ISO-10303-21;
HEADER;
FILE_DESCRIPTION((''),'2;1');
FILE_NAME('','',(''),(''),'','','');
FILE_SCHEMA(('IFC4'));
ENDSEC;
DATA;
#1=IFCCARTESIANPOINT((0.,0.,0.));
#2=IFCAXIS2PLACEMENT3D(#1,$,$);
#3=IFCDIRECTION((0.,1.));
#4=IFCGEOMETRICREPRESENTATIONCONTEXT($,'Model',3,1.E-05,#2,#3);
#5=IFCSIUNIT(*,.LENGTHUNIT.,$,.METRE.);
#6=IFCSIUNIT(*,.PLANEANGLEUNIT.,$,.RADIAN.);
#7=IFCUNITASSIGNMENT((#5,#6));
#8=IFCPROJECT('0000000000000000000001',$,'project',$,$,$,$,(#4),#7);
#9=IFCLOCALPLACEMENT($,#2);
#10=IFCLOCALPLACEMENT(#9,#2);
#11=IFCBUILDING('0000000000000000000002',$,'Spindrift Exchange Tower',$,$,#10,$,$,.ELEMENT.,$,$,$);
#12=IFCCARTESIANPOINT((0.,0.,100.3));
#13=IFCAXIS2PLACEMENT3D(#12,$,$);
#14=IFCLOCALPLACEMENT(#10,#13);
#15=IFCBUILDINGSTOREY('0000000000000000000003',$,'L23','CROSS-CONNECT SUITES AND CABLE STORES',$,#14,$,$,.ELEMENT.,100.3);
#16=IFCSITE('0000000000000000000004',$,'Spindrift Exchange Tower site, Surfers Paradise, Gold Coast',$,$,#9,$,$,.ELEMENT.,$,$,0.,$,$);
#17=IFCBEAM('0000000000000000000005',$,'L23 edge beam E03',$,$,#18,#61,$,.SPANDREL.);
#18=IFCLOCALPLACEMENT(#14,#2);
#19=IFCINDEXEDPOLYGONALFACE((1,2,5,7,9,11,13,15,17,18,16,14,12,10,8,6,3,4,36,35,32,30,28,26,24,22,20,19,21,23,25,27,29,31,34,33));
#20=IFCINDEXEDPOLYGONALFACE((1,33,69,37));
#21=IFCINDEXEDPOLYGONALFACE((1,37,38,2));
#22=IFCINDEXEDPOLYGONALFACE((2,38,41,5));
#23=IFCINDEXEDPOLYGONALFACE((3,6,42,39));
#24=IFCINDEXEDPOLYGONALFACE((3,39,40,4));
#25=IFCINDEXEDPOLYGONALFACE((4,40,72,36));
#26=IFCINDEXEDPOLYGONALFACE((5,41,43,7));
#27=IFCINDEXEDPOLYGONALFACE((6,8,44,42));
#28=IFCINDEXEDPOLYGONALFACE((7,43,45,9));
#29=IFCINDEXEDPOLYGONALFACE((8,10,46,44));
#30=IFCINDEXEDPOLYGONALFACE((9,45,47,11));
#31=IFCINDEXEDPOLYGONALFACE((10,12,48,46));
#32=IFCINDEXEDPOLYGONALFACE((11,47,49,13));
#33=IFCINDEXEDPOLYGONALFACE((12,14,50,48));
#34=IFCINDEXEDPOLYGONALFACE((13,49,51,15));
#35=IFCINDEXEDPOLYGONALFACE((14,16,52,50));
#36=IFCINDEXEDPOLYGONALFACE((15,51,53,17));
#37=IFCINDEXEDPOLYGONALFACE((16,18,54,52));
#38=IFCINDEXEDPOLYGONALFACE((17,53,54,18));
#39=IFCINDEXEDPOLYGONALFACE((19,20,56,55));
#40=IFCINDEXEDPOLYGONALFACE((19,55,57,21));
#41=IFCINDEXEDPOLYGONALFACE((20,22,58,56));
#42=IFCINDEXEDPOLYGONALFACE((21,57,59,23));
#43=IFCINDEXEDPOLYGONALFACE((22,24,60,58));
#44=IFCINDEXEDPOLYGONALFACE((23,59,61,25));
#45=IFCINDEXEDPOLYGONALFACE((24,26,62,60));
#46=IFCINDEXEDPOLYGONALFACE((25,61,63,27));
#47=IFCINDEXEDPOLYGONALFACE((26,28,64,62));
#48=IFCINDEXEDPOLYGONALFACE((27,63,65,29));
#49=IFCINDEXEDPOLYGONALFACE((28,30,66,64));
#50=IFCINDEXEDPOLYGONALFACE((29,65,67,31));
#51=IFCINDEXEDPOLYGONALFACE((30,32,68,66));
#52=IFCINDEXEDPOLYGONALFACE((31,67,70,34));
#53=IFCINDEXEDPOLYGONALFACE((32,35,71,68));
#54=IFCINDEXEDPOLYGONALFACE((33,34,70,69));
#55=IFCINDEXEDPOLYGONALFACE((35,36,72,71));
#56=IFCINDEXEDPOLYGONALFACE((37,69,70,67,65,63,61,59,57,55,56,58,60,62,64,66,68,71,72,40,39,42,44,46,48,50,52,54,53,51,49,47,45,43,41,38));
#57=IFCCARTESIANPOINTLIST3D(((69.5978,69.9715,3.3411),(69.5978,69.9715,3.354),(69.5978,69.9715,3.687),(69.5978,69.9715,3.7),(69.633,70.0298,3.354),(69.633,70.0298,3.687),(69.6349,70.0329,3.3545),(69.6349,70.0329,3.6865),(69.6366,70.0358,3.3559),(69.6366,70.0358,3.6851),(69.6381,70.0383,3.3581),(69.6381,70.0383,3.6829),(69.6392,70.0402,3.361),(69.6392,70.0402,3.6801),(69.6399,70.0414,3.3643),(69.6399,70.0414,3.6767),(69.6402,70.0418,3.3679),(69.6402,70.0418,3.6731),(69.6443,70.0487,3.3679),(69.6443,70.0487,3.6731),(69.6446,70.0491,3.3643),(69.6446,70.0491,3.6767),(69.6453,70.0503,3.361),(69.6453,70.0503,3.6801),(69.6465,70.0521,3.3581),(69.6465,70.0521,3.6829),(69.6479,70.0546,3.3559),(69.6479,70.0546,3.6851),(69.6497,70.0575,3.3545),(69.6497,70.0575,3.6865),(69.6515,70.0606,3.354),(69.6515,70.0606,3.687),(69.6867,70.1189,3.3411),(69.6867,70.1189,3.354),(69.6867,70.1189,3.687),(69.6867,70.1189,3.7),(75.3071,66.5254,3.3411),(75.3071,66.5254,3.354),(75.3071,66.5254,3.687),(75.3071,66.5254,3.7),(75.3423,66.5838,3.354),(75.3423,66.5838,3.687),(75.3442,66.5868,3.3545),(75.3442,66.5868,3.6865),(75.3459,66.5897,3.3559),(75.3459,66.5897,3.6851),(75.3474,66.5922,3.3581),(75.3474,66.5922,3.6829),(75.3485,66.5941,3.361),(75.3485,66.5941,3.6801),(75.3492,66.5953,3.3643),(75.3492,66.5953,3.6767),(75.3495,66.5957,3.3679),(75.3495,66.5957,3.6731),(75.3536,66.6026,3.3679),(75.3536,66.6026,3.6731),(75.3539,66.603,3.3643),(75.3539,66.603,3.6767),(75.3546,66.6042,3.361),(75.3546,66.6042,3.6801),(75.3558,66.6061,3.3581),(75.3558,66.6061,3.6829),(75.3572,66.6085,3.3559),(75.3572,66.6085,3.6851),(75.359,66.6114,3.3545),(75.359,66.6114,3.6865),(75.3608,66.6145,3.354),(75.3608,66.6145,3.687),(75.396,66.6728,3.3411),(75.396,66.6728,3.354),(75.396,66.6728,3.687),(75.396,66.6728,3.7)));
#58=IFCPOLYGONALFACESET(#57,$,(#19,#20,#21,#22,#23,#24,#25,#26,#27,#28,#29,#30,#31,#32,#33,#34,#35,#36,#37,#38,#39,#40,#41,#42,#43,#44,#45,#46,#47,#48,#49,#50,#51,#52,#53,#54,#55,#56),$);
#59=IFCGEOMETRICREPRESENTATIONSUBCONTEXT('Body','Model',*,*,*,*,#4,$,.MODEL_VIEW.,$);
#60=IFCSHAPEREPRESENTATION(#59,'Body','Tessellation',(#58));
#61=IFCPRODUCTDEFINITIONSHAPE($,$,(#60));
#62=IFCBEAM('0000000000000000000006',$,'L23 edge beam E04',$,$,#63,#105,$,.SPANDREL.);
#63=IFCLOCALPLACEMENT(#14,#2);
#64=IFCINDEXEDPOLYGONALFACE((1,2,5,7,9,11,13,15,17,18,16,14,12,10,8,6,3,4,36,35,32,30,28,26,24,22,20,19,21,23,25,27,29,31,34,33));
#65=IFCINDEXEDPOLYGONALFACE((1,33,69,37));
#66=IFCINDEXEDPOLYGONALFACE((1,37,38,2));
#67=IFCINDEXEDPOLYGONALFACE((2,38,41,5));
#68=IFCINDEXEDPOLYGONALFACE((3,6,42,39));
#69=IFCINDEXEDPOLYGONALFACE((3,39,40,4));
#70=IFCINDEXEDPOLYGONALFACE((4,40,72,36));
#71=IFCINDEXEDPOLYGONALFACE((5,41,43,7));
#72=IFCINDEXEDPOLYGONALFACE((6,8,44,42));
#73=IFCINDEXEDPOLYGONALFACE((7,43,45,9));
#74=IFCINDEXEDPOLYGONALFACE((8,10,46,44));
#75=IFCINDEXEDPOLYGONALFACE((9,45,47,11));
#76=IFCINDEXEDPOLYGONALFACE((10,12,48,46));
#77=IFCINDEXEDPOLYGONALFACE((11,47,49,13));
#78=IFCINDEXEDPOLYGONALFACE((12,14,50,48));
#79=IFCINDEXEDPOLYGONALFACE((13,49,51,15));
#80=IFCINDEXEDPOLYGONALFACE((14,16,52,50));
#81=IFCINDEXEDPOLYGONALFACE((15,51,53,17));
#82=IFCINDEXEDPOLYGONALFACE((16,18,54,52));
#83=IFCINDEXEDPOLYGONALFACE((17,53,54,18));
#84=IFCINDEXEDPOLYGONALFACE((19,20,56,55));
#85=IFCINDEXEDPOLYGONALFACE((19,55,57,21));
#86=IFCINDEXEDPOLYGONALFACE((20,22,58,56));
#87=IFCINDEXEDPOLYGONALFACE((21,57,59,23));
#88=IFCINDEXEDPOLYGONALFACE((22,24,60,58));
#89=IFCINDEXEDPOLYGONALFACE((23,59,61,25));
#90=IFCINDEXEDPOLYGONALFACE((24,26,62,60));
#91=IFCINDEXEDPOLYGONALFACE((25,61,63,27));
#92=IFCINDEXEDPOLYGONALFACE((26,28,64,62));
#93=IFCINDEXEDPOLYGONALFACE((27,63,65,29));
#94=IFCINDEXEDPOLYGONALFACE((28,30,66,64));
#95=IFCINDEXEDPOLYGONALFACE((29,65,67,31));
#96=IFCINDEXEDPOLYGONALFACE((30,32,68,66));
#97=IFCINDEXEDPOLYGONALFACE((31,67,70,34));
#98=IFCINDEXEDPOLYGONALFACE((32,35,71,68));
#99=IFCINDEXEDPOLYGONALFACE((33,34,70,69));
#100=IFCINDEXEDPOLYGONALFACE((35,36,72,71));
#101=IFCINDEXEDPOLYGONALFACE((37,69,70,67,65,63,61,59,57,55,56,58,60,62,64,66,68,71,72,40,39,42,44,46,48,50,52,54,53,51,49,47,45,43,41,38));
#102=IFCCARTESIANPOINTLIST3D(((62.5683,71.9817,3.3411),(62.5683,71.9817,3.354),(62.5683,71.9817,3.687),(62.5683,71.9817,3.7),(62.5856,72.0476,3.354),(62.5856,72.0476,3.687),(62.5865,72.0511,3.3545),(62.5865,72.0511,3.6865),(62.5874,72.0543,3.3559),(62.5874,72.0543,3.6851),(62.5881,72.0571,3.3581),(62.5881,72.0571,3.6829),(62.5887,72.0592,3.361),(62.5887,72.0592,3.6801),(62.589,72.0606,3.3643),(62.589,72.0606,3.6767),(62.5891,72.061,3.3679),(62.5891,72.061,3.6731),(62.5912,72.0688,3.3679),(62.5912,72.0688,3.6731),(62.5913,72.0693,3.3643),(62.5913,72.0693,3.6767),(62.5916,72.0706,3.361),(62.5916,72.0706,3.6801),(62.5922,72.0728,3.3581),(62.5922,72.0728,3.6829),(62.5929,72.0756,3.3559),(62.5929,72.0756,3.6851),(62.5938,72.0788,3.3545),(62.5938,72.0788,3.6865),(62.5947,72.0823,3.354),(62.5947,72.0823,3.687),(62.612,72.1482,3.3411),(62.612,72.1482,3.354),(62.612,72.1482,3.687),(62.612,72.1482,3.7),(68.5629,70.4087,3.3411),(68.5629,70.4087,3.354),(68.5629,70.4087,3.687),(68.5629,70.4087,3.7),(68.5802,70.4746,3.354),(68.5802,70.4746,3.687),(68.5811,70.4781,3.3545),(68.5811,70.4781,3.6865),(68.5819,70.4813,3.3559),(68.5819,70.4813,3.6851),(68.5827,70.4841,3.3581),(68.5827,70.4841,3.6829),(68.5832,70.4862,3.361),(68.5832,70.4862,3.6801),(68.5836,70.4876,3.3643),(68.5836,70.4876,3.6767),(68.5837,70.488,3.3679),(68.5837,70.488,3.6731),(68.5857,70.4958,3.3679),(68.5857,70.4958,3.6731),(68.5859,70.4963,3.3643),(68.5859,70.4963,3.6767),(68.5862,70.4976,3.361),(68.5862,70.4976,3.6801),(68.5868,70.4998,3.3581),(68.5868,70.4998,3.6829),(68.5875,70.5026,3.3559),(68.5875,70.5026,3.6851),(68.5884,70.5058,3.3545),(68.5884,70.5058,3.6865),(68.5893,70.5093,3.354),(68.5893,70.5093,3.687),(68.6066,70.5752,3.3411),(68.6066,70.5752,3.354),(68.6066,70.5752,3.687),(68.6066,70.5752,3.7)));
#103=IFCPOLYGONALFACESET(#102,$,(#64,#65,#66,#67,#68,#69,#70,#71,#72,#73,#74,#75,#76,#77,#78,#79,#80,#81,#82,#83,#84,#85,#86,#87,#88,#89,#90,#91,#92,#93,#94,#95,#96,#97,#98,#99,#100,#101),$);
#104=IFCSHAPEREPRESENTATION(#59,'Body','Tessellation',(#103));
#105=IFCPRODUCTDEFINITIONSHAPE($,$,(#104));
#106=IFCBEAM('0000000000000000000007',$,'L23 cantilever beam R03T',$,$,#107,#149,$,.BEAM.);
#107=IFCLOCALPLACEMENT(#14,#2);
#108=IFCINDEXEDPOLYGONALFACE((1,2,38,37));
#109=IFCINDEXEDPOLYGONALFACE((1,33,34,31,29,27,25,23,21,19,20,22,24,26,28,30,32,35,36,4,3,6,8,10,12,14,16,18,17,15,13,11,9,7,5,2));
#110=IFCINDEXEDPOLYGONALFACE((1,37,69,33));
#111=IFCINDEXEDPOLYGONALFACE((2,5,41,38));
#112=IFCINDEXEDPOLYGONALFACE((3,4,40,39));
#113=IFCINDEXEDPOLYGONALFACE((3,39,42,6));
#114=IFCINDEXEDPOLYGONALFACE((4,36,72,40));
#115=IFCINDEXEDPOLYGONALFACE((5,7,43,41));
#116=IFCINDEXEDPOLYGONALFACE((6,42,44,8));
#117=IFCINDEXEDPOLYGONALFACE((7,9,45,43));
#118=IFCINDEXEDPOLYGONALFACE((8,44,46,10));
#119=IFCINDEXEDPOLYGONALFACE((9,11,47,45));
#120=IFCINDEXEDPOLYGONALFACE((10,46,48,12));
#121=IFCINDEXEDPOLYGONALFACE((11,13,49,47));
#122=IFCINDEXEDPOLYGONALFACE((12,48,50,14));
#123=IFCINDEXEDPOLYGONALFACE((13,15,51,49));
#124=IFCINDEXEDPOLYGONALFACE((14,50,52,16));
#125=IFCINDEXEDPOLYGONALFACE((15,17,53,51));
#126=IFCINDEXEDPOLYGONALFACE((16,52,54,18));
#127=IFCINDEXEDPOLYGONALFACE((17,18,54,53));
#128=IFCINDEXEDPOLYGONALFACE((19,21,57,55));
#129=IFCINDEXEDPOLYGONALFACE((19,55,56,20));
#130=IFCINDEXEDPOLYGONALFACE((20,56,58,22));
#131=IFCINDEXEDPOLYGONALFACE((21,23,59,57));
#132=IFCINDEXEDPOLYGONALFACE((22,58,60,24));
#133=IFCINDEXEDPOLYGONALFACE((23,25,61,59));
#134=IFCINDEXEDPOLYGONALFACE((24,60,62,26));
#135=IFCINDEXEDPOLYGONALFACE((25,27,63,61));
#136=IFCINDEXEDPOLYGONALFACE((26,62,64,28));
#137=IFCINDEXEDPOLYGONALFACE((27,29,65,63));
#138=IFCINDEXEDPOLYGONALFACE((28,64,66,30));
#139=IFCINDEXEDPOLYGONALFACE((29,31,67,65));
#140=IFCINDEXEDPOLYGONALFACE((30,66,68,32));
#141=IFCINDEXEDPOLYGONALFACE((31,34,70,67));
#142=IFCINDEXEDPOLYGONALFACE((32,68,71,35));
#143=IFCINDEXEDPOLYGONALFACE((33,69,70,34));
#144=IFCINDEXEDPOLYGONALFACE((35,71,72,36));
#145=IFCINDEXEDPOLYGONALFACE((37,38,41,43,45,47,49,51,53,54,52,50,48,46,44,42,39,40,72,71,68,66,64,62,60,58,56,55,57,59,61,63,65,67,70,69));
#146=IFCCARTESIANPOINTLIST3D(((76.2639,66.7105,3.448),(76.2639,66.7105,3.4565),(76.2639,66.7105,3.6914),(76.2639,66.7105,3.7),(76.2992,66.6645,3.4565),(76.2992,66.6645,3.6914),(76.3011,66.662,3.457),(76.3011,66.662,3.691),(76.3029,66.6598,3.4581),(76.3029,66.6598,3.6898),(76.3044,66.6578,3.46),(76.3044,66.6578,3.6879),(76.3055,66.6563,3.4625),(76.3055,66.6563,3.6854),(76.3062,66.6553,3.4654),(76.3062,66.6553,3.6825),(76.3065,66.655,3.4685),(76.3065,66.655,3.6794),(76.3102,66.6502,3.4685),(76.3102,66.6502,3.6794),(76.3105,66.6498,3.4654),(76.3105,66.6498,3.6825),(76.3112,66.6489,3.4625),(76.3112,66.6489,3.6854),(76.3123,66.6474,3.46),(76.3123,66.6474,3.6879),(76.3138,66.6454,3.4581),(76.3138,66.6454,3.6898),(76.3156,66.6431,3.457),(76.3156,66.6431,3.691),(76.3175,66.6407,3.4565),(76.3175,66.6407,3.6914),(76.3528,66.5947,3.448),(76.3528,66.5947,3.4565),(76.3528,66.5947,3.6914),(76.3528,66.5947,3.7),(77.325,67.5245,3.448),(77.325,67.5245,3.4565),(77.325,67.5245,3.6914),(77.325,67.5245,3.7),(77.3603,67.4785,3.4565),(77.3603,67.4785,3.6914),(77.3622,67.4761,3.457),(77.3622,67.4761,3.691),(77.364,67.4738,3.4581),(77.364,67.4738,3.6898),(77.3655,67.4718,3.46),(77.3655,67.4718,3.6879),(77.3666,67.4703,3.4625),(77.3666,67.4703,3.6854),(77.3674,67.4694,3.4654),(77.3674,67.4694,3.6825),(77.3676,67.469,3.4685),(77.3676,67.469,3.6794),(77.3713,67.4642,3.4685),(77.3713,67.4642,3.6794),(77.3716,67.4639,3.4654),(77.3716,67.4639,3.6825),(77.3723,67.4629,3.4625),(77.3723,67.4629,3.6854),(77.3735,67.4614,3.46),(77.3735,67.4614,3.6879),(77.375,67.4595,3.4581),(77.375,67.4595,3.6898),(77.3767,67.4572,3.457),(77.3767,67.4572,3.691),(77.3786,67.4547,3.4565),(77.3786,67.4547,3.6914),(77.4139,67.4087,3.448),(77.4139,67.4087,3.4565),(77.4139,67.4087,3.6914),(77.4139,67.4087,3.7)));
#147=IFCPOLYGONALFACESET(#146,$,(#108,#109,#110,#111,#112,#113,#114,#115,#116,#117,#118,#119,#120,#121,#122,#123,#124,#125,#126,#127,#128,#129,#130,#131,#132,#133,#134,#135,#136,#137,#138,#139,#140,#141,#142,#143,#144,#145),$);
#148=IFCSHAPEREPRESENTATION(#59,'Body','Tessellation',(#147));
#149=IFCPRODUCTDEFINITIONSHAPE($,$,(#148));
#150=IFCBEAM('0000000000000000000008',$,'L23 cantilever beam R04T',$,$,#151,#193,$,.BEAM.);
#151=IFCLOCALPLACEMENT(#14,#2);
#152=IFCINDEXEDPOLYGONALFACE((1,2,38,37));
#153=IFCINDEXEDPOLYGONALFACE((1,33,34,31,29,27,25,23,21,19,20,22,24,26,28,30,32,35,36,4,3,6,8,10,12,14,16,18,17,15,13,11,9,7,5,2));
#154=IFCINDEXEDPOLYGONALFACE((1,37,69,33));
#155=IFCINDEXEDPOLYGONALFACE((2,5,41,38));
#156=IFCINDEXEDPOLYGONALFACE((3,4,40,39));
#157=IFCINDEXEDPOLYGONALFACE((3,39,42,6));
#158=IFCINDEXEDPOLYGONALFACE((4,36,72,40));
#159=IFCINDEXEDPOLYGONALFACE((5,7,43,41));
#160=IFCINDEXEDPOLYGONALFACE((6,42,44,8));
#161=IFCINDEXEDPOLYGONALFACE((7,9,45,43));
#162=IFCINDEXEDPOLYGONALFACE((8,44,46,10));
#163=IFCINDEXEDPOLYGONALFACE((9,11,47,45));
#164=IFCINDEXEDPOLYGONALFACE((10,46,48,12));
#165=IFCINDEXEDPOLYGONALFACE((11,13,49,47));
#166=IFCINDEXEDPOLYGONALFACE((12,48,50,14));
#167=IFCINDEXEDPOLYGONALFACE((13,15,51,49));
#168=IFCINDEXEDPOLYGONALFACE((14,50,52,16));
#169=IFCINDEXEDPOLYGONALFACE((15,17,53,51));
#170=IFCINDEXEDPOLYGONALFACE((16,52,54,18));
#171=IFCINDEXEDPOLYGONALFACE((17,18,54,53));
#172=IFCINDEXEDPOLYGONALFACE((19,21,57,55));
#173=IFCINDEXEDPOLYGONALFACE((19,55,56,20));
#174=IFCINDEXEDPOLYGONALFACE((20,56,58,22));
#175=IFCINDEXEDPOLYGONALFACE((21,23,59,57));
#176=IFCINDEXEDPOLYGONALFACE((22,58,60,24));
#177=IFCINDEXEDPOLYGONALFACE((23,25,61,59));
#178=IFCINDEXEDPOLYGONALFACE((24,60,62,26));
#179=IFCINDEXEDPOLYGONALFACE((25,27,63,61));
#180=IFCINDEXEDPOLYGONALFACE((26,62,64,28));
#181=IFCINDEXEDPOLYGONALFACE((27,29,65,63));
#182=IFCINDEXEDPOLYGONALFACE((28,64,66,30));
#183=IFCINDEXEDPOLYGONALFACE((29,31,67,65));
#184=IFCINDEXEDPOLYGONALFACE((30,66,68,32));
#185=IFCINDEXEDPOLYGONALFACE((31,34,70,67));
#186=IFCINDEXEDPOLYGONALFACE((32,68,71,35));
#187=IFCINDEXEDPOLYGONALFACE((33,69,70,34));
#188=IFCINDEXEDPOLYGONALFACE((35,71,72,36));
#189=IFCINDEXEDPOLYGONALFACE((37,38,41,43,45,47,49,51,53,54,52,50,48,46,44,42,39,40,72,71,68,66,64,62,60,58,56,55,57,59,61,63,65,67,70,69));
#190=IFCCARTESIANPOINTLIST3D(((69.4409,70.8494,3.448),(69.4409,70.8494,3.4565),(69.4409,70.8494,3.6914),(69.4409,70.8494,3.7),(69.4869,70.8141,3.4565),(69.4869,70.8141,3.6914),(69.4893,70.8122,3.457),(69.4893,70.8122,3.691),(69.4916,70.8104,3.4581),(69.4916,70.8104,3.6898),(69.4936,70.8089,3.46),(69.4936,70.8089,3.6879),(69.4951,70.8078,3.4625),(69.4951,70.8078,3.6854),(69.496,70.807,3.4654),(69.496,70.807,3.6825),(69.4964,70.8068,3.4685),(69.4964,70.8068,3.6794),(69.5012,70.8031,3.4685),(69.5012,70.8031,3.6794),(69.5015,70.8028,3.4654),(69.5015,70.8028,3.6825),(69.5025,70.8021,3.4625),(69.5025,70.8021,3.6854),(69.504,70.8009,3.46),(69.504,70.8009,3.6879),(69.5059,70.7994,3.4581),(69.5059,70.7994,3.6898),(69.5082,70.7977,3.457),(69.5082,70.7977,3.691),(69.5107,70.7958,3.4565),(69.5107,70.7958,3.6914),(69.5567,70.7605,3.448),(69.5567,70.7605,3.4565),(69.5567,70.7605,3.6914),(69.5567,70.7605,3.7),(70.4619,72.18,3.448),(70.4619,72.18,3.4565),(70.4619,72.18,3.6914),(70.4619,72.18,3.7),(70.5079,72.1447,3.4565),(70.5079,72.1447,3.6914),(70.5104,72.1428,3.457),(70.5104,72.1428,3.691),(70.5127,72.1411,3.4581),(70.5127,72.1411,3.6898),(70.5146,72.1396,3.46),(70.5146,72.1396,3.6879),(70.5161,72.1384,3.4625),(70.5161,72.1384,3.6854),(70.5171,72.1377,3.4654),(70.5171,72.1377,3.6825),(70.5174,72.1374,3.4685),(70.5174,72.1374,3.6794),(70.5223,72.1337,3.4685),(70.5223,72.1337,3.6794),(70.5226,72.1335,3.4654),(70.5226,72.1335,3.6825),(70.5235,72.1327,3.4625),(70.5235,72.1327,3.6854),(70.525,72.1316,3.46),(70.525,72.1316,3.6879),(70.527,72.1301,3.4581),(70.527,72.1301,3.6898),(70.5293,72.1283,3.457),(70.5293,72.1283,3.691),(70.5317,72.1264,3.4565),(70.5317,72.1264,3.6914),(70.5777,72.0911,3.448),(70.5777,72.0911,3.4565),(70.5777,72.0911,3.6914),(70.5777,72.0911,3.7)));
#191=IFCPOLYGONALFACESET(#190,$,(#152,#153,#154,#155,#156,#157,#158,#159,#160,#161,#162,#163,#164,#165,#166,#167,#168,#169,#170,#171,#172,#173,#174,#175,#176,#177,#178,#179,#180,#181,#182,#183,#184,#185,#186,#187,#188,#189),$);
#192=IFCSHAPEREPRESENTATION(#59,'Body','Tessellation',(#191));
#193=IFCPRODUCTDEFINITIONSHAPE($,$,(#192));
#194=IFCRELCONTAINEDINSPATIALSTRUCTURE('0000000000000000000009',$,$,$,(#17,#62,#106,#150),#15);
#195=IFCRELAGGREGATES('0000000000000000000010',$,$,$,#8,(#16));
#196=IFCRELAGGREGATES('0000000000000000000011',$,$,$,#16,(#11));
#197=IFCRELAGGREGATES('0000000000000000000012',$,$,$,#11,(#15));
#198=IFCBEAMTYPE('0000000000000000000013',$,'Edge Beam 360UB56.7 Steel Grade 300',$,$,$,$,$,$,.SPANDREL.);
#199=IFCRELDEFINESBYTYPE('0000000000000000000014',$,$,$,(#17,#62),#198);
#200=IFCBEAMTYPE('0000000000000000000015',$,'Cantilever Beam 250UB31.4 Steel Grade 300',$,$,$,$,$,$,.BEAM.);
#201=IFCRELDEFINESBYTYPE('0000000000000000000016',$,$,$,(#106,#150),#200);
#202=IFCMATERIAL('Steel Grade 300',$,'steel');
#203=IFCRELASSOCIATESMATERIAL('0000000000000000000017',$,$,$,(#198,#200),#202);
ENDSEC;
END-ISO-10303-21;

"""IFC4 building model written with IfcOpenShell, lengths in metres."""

from ifc_helpers import new_model, si_unit, direction, frame, origin, origin_2d, place, context, subcontext, project, spatial, i_section, extrude, source, transform, mapped, material, material_profile, profile_set, type_object, element, save


model = new_model("IFC4")

# Units and contexts
model_context = context("Model", 3, precision=1e-05, world=origin(), true_north=direction((0.0, 1.0)))
body_context = subcontext(model_context, "Body", "Model", "MODEL_VIEW")
ifc_project = project(units=[si_unit("LENGTHUNIT", "METRE"), si_unit("PLANEANGLEUNIT", "RADIAN")], contexts=[model_context])

# Site, building, storey
site_placement = place(None, origin())
site = spatial("IfcSite", under=ifc_project, at=site_placement, Name="Spindrift Exchange Tower site, Surfers Paradise, Gold Coast", CompositionType="ELEMENT", RefElevation=0.0)
building_placement = place(site_placement, origin())
building = spatial("IfcBuilding", under=site, at=building_placement, Name="Spindrift Exchange Tower", CompositionType="ELEMENT")
storey_placement = place(building_placement, frame((0.0, 0.0, 100.3)))
storey = spatial("IfcBuildingStorey", under=building, at=storey_placement, Name="L23", Description="CROSS-CONNECT SUITES AND CABLE STORES", CompositionType="ELEMENT", Elevation=100.3)

# Beams
ifc_material_1 = material(Name="Steel Grade 300", Category="steel")
ifc_material_profile_1 = material_profile(ifc_material_1, i_section(OverallWidth=0.1721, OverallDepth=0.3589, WebThickness=0.0081, FlangeThickness=0.0129, FilletRadius=0.0139, at=origin_2d()), Name="360UB56.7")
ifc_profile_set_1 = profile_set([ifc_material_profile_1], Name="Steel Grade 300")
beam_type_1 = type_object("IfcBeamType", Name="Edge Beam 360UB56.7 Steel Grade 300", PredefinedType="SPANDREL", material=ifc_profile_set_1)
shared_shape_1 = source(origin(), body_context, "Body", "SweptSolid", [
    extrude(i_section(OverallWidth=0.1721, OverallDepth=0.3589, WebThickness=0.0081, FlangeThickness=0.0129, FilletRadius=0.0139, at=origin_2d()), origin(), (0.0, 0.0, 1.0), 6.6687),
])
beam_1_placement = place(storey_placement, frame((75.3516, 66.5991, 3.5205), z_axis=(-0.856133, 0.516755, 0.0), x_axis=(-0.516755, -0.856133, 0.0)))
element("IfcBeam", 1, at=beam_1_placement, inside=storey, type_object=beam_type_1, Name="L23 edge beam E03", PredefinedType="SPANDREL", context=body_context, shape_type="MappedRepresentation", body=[
    mapped(shared_shape_1, transform((0.0, 0.0, 0.0), scale=1.0)),
])
shared_shape_2 = source(origin(), body_context, "Body", "SweptSolid", [
    extrude(i_section(OverallWidth=0.1721, OverallDepth=0.3589, WebThickness=0.0081, FlangeThickness=0.0129, FilletRadius=0.0139, at=origin_2d()), origin(), (0.0, 0.0, 1.0), 6.1975),
])
beam_2_placement = place(storey_placement, frame((68.5847, 70.4919, 3.5205), z_axis=(-0.967254, 0.253809, 0.0), x_axis=(-0.253809, -0.967254, 0.0)))
element("IfcBeam", 2, at=beam_2_placement, inside=storey, type_object=beam_type_1, Name="L23 edge beam E04", PredefinedType="SPANDREL", context=body_context, shape_type="MappedRepresentation", body=[
    mapped(shared_shape_2, transform((0.0, 0.0, 0.0), scale=1.0)),
])
ifc_material_profile_2 = material_profile(ifc_material_1, i_section(OverallWidth=0.146, OverallDepth=0.252, WebThickness=0.0061, FlangeThickness=0.0085, FilletRadius=0.012, at=origin_2d()), Name="250UB31.4")
ifc_profile_set_2 = profile_set([ifc_material_profile_2], Name="Steel Grade 300")
beam_type_2 = type_object("IfcBeamType", Name="Cantilever Beam 250UB31.4 Steel Grade 300", PredefinedType="BEAM", material=ifc_profile_set_2)
shared_shape_3 = source(origin(), body_context, "Body", "SweptSolid", [
    extrude(i_section(OverallWidth=0.146, OverallDepth=0.252, WebThickness=0.0061, FlangeThickness=0.0085, FilletRadius=0.012, at=origin_2d()), origin(), (0.0, 0.0, 1.0), 1.3374),
])
beam_3_placement = place(storey_placement, frame((76.3083, 66.6526, 3.574), z_axis=(0.793424, 0.608669, 0.0), x_axis=(-0.608669, 0.793424, 0.0)))
element("IfcBeam", 3, at=beam_3_placement, inside=storey, type_object=beam_type_2, Name="L23 cantilever beam R03T", PredefinedType="BEAM", context=body_context, shape_type="MappedRepresentation", body=[
    mapped(shared_shape_3, transform((0.0, 0.0, 0.0), scale=1.0)),
])
shared_shape_4 = source(origin(), body_context, "Body", "SweptSolid", [
    extrude(i_section(OverallWidth=0.146, OverallDepth=0.252, WebThickness=0.0061, FlangeThickness=0.0085, FilletRadius=0.012, at=origin_2d()), origin(), (0.0, 0.0, 1.0), 1.6772),
])
beam_4_placement = place(storey_placement, frame((69.4988, 70.8049, 3.574), z_axis=(0.608768, 0.793349, 0.0), x_axis=(-0.793349, 0.608768, 0.0)))
element("IfcBeam", 4, at=beam_4_placement, inside=storey, type_object=beam_type_2, Name="L23 cantilever beam R04T", PredefinedType="BEAM", context=body_context, shape_type="MappedRepresentation", body=[
    mapped(shared_shape_4, transform((0.0, 0.0, 0.0), scale=1.0)),
])

save(model, "model.ifc")
